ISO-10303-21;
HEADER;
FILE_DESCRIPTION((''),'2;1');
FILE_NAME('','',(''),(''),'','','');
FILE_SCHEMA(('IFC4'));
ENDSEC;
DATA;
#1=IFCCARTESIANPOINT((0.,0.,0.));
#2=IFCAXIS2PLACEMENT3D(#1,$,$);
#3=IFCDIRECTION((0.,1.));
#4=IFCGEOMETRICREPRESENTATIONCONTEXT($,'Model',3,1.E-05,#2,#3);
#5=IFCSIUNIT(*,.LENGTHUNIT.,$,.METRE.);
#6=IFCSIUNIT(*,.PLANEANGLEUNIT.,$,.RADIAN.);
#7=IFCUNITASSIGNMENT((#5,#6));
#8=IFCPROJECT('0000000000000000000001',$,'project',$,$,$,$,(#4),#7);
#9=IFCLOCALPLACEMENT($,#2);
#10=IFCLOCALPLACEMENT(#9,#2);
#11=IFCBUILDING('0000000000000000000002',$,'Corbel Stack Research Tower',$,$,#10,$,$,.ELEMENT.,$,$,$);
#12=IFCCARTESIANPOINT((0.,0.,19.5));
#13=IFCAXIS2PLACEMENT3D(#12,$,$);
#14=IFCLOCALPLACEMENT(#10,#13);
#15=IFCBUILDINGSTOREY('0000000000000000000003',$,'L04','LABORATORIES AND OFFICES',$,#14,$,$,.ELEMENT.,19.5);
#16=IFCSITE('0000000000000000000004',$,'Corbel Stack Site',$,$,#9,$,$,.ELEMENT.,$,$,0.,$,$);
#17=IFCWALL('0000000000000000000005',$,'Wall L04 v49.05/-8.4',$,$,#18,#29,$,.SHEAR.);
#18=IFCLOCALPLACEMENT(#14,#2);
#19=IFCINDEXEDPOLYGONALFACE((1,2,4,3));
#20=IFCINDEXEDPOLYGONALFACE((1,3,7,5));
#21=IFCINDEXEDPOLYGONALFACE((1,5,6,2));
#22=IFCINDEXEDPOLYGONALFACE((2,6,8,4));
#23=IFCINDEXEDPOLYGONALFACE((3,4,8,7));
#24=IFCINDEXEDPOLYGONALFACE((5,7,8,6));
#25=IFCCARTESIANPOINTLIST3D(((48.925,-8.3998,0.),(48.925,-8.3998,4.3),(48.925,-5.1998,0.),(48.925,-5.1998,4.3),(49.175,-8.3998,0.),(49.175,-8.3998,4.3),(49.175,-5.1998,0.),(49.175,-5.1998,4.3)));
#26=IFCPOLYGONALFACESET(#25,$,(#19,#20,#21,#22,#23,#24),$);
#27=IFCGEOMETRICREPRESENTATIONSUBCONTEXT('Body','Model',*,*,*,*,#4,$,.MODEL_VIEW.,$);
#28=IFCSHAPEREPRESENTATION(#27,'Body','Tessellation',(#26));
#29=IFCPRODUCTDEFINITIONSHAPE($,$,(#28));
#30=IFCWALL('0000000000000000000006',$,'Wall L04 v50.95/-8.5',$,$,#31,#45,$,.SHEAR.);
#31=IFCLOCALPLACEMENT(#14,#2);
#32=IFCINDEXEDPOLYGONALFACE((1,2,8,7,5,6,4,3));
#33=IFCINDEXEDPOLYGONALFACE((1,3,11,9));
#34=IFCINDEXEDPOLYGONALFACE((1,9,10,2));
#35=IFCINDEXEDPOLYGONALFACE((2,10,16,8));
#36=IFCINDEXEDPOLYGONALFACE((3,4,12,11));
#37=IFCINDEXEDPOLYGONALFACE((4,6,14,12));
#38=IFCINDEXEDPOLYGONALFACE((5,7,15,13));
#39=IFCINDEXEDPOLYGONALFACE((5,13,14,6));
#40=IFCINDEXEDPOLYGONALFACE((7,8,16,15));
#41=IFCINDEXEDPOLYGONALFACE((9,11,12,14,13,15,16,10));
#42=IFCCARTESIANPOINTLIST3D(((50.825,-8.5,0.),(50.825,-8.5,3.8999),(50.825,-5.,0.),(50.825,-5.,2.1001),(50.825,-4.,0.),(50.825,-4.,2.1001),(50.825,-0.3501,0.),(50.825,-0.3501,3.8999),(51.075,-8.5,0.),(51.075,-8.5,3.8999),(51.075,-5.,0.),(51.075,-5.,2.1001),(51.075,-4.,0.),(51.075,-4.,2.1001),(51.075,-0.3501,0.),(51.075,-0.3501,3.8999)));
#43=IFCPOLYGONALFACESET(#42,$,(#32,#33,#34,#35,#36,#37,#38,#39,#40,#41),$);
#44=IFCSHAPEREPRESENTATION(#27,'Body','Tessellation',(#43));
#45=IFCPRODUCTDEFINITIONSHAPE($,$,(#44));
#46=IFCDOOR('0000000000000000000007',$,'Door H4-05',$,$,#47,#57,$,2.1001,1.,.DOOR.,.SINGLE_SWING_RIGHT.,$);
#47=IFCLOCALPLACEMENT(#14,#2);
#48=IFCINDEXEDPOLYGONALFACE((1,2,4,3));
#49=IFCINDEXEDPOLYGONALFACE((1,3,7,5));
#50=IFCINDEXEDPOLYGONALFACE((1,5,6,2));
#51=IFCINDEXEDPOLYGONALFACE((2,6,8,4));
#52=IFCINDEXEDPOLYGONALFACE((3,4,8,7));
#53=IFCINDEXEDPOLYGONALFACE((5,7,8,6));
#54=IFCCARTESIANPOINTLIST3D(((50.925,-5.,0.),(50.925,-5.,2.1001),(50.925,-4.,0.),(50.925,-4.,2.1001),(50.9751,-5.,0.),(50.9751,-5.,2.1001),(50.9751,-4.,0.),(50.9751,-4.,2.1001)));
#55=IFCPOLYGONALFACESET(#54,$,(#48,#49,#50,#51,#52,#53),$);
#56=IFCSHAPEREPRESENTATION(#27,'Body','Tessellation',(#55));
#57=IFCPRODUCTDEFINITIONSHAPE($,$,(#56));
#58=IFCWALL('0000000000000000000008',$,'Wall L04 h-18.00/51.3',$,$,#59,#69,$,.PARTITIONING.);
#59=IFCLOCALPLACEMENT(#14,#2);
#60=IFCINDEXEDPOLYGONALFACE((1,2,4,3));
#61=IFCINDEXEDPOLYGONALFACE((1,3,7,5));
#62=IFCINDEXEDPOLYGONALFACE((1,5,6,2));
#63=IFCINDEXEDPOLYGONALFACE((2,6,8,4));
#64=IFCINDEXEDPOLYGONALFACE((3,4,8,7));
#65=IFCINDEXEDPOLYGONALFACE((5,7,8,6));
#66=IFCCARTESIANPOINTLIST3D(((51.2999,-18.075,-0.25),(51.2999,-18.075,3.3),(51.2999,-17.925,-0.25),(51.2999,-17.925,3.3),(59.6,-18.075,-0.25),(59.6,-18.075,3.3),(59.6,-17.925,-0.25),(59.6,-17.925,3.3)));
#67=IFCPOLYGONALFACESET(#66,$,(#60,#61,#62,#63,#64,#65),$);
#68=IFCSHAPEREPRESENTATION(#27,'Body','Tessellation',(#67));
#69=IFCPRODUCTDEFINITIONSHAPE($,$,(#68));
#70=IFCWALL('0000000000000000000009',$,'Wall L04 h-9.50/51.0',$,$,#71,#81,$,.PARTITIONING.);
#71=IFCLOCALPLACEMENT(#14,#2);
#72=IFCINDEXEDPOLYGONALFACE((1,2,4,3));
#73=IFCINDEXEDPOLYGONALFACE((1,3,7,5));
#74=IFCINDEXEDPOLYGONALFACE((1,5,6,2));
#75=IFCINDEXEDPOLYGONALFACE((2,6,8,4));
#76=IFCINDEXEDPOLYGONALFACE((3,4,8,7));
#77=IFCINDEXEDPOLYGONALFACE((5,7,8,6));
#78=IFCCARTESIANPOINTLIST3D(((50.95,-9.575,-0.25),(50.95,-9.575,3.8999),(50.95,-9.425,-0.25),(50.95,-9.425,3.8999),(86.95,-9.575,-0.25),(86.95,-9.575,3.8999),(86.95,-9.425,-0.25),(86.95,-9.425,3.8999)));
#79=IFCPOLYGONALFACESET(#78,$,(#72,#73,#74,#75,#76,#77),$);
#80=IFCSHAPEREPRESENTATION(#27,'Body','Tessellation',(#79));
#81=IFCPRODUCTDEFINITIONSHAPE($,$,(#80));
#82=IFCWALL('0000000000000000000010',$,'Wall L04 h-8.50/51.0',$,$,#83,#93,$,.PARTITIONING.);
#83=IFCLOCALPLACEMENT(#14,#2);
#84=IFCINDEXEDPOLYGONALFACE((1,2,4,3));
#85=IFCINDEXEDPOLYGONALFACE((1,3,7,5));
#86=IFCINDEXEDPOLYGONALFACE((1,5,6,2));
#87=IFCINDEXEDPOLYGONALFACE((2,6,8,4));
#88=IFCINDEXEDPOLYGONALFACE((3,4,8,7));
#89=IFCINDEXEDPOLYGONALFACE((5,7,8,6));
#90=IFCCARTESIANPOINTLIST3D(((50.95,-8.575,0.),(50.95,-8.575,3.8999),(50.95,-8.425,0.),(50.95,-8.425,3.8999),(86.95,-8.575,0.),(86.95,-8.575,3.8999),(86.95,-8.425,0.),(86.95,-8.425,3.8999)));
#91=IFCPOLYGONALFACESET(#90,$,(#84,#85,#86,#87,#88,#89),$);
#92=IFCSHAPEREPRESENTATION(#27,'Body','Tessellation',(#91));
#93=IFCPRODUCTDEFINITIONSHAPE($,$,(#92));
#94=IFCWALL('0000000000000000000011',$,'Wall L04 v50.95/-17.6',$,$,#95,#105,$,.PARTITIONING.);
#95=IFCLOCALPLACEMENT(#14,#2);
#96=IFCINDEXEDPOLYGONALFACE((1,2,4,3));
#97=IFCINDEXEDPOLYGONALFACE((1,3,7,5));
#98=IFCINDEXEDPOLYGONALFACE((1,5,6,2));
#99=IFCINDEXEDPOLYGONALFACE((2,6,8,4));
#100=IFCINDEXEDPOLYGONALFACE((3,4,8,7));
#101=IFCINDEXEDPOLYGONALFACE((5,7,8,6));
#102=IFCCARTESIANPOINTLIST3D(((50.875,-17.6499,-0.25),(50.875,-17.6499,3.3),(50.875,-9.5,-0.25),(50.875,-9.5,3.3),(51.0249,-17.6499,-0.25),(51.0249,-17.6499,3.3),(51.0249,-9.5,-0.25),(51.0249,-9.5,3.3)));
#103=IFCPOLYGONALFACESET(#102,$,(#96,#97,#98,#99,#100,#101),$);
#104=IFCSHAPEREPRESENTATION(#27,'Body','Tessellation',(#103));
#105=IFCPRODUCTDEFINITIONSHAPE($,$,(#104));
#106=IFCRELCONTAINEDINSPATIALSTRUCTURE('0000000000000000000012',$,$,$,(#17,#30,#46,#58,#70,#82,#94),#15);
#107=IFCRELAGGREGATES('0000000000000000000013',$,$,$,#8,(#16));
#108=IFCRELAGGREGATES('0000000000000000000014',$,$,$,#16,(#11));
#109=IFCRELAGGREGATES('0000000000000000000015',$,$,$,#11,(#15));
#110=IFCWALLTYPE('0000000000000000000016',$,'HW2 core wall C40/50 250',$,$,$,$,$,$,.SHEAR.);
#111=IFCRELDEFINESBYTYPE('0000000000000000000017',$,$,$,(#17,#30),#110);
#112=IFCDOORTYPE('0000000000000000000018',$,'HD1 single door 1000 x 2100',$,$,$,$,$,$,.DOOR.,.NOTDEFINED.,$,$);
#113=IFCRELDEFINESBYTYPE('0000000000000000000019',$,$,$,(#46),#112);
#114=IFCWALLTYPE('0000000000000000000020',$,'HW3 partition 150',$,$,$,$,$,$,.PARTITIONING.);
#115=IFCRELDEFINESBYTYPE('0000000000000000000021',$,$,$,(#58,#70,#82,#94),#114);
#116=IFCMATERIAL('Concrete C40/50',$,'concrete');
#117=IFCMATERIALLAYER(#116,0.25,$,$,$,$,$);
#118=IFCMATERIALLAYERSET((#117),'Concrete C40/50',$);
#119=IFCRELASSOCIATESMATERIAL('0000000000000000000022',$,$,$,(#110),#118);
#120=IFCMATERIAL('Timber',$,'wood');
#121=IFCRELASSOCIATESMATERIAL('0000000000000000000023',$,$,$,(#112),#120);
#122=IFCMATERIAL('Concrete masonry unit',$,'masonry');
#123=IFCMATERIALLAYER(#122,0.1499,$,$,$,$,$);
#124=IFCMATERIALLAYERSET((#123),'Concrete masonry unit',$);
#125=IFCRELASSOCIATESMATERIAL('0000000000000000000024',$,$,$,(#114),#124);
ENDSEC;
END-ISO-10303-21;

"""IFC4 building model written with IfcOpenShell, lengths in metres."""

from ifc_helpers import new_model, si_unit, direction, frame, frame_2d, origin, place, context, subcontext, project, spatial, rectangle, extrude, material, layer, layer_set, type_object, element, fill, save


model = new_model("IFC4")

# Units and contexts
model_context = context("Model", 3, precision=1e-05, world=origin(), true_north=direction((0.0, 1.0)))
body_context = subcontext(model_context, "Body", "Model", "MODEL_VIEW")
ifc_project = project(units=[si_unit("LENGTHUNIT", "METRE"), si_unit("PLANEANGLEUNIT", "RADIAN")], contexts=[model_context])

# Site, building, storey
site_placement = place(None, origin())
site = spatial("IfcSite", under=ifc_project, at=site_placement, Name="Corbel Stack Site", CompositionType="ELEMENT", RefElevation=0.0)
building_placement = place(site_placement, origin())
building = spatial("IfcBuilding", under=site, at=building_placement, Name="Corbel Stack Research Tower", CompositionType="ELEMENT")
storey_placement = place(building_placement, frame((0.0, 0.0, 19.5)))
storey = spatial("IfcBuildingStorey", under=building, at=storey_placement, Name="L04", Description="LABORATORIES AND OFFICES", CompositionType="ELEMENT", Elevation=19.5)

# Shared definitions
ifc_material_1 = material(Name="Concrete C40/50", Category="concrete")
ifc_layer_1 = layer(ifc_material_1, 0.25)
ifc_layer_set_1 = layer_set([ifc_layer_1], Name="Concrete C40/50")
wall_type_1 = type_object("IfcWallType", Name="HW2 core wall C40/50 250", PredefinedType="SHEAR", material=ifc_layer_set_1)
ifc_material_2 = material(Name="Timber", Category="wood")
door_type = type_object("IfcDoorType", Name="HD1 single door 1000 x 2100", OperationType="NOTDEFINED", PredefinedType="DOOR", material=ifc_material_2)

# Wall
wall_1_placement = place(storey_placement, frame((49.05, -8.3999, 0.0), z_axis=(0.0, 0.0, 1.0), x_axis=(0.0, 1.0, 0.0)))
element("IfcWall", 1, at=wall_1_placement, inside=storey, type_object=wall_type_1, Name="Wall L04 v49.05/-8.4", PredefinedType="SHEAR", context=body_context, shape_type="SweptSolid", body=[
    extrude(rectangle(XDim=3.2, YDim=0.25, at=frame_2d((1.6001, 0.0))), origin(), (0.0, 0.0, 1.0), 4.3),
])

# Wall, opening, door
wall_2_placement = place(storey_placement, frame((50.95, -8.5, 0.0), z_axis=(0.0, 0.0, 1.0), x_axis=(0.0, 1.0, 0.0)))
wall_2 = element("IfcWall", 2, at=wall_2_placement, inside=storey, type_object=wall_type_1, Name="Wall L04 v50.95/-8.5", PredefinedType="SHEAR", context=body_context, shape_type="SweptSolid", body=[
    extrude(rectangle(XDim=8.1499, YDim=0.25, at=frame_2d((4.075, 0.0))), origin(), (0.0, 0.0, 1.0), 3.8999),
])
opening_1_placement = place(wall_2_placement, frame((3.5, 0.0, 0.0)))
opening_1 = element("IfcOpeningElement", 3, at=opening_1_placement, cuts=wall_2, PredefinedType="OPENING", context=body_context, shape_type="SweptSolid", body=[
    extrude(rectangle(XDim=1.0, YDim=2.1001, at=frame_2d((0.5, 1.05))), frame((0.0, 0.135, 0.0), z_axis=(0.0, -1.0, 0.0), x_axis=(1.0, 0.0, 0.0)), (0.0, 0.0, 1.0), 0.27),
])
door_1_placement = place(opening_1_placement, origin())
door_1 = element("IfcDoor", 4, at=door_1_placement, inside=storey, type_object=door_type, Name="Door H4-05", OperationType="SINGLE_SWING_RIGHT", OverallHeight=2.1001, OverallWidth=1.0, PredefinedType="DOOR", context=body_context, shape_type="SweptSolid", body=[
    extrude(rectangle(XDim=1.0, YDim=2.1001, at=frame_2d((0.5, 1.05))), frame((0.0, 0.0249, 0.0), z_axis=(0.0, -1.0, 0.0), x_axis=(1.0, 0.0, 0.0)), (0.0, 0.0, 1.0), 0.05),
])
fill(opening_1, door_1)

# Walls
ifc_material_3 = material(Name="Concrete masonry unit", Category="masonry")
ifc_layer_2 = layer(ifc_material_3, 0.1499)
ifc_layer_set_2 = layer_set([ifc_layer_2], Name="Concrete masonry unit")
wall_type_2 = type_object("IfcWallType", Name="HW3 partition 150", PredefinedType="PARTITIONING", material=ifc_layer_set_2)
wall_3_placement = place(storey_placement, frame((51.3, -18.0, -0.25), z_axis=(0.0, 0.0, 1.0), x_axis=(1.0, 0.0, 0.0)))
element("IfcWall", 5, at=wall_3_placement, inside=storey, type_object=wall_type_2, Name="Wall L04 h-18.00/51.3", PredefinedType="PARTITIONING", context=body_context, shape_type="SweptSolid", body=[
    extrude(rectangle(XDim=8.3, YDim=0.1499, at=frame_2d((4.1499, 0.0))), origin(), (0.0, 0.0, 1.0), 3.55),
])
wall_4_placement = place(storey_placement, frame((50.95, -9.5, -0.25), z_axis=(0.0, 0.0, 1.0), x_axis=(1.0, 0.0, 0.0)))
element("IfcWall", 6, at=wall_4_placement, inside=storey, type_object=wall_type_2, Name="Wall L04 h-9.50/51.0", PredefinedType="PARTITIONING", context=body_context, shape_type="SweptSolid", body=[
    extrude(rectangle(XDim=36.0, YDim=0.1499, at=frame_2d((18.0, 0.0))), origin(), (0.0, 0.0, 1.0), 4.1499),
])
wall_5_placement = place(storey_placement, frame((50.95, -8.5, 0.0), z_axis=(0.0, 0.0, 1.0), x_axis=(1.0, 0.0, 0.0)))
element("IfcWall", 7, at=wall_5_placement, inside=storey, type_object=wall_type_2, Name="Wall L04 h-8.50/51.0", PredefinedType="PARTITIONING", context=body_context, shape_type="SweptSolid", body=[
    extrude(rectangle(XDim=36.0, YDim=0.1499, at=frame_2d((18.0, 0.0))), origin(), (0.0, 0.0, 1.0), 3.8999),
])
wall_6_placement = place(storey_placement, frame((50.95, -17.6499, -0.25), z_axis=(0.0, 0.0, 1.0), x_axis=(0.0, 1.0, 0.0)))
element("IfcWall", 8, at=wall_6_placement, inside=storey, type_object=wall_type_2, Name="Wall L04 v50.95/-17.6", PredefinedType="PARTITIONING", context=body_context, shape_type="SweptSolid", body=[
    extrude(rectangle(XDim=8.1499, YDim=0.1499, at=frame_2d((4.075, 0.0))), origin(), (0.0, 0.0, 1.0), 3.55),
])

save(model, "model.ifc")
